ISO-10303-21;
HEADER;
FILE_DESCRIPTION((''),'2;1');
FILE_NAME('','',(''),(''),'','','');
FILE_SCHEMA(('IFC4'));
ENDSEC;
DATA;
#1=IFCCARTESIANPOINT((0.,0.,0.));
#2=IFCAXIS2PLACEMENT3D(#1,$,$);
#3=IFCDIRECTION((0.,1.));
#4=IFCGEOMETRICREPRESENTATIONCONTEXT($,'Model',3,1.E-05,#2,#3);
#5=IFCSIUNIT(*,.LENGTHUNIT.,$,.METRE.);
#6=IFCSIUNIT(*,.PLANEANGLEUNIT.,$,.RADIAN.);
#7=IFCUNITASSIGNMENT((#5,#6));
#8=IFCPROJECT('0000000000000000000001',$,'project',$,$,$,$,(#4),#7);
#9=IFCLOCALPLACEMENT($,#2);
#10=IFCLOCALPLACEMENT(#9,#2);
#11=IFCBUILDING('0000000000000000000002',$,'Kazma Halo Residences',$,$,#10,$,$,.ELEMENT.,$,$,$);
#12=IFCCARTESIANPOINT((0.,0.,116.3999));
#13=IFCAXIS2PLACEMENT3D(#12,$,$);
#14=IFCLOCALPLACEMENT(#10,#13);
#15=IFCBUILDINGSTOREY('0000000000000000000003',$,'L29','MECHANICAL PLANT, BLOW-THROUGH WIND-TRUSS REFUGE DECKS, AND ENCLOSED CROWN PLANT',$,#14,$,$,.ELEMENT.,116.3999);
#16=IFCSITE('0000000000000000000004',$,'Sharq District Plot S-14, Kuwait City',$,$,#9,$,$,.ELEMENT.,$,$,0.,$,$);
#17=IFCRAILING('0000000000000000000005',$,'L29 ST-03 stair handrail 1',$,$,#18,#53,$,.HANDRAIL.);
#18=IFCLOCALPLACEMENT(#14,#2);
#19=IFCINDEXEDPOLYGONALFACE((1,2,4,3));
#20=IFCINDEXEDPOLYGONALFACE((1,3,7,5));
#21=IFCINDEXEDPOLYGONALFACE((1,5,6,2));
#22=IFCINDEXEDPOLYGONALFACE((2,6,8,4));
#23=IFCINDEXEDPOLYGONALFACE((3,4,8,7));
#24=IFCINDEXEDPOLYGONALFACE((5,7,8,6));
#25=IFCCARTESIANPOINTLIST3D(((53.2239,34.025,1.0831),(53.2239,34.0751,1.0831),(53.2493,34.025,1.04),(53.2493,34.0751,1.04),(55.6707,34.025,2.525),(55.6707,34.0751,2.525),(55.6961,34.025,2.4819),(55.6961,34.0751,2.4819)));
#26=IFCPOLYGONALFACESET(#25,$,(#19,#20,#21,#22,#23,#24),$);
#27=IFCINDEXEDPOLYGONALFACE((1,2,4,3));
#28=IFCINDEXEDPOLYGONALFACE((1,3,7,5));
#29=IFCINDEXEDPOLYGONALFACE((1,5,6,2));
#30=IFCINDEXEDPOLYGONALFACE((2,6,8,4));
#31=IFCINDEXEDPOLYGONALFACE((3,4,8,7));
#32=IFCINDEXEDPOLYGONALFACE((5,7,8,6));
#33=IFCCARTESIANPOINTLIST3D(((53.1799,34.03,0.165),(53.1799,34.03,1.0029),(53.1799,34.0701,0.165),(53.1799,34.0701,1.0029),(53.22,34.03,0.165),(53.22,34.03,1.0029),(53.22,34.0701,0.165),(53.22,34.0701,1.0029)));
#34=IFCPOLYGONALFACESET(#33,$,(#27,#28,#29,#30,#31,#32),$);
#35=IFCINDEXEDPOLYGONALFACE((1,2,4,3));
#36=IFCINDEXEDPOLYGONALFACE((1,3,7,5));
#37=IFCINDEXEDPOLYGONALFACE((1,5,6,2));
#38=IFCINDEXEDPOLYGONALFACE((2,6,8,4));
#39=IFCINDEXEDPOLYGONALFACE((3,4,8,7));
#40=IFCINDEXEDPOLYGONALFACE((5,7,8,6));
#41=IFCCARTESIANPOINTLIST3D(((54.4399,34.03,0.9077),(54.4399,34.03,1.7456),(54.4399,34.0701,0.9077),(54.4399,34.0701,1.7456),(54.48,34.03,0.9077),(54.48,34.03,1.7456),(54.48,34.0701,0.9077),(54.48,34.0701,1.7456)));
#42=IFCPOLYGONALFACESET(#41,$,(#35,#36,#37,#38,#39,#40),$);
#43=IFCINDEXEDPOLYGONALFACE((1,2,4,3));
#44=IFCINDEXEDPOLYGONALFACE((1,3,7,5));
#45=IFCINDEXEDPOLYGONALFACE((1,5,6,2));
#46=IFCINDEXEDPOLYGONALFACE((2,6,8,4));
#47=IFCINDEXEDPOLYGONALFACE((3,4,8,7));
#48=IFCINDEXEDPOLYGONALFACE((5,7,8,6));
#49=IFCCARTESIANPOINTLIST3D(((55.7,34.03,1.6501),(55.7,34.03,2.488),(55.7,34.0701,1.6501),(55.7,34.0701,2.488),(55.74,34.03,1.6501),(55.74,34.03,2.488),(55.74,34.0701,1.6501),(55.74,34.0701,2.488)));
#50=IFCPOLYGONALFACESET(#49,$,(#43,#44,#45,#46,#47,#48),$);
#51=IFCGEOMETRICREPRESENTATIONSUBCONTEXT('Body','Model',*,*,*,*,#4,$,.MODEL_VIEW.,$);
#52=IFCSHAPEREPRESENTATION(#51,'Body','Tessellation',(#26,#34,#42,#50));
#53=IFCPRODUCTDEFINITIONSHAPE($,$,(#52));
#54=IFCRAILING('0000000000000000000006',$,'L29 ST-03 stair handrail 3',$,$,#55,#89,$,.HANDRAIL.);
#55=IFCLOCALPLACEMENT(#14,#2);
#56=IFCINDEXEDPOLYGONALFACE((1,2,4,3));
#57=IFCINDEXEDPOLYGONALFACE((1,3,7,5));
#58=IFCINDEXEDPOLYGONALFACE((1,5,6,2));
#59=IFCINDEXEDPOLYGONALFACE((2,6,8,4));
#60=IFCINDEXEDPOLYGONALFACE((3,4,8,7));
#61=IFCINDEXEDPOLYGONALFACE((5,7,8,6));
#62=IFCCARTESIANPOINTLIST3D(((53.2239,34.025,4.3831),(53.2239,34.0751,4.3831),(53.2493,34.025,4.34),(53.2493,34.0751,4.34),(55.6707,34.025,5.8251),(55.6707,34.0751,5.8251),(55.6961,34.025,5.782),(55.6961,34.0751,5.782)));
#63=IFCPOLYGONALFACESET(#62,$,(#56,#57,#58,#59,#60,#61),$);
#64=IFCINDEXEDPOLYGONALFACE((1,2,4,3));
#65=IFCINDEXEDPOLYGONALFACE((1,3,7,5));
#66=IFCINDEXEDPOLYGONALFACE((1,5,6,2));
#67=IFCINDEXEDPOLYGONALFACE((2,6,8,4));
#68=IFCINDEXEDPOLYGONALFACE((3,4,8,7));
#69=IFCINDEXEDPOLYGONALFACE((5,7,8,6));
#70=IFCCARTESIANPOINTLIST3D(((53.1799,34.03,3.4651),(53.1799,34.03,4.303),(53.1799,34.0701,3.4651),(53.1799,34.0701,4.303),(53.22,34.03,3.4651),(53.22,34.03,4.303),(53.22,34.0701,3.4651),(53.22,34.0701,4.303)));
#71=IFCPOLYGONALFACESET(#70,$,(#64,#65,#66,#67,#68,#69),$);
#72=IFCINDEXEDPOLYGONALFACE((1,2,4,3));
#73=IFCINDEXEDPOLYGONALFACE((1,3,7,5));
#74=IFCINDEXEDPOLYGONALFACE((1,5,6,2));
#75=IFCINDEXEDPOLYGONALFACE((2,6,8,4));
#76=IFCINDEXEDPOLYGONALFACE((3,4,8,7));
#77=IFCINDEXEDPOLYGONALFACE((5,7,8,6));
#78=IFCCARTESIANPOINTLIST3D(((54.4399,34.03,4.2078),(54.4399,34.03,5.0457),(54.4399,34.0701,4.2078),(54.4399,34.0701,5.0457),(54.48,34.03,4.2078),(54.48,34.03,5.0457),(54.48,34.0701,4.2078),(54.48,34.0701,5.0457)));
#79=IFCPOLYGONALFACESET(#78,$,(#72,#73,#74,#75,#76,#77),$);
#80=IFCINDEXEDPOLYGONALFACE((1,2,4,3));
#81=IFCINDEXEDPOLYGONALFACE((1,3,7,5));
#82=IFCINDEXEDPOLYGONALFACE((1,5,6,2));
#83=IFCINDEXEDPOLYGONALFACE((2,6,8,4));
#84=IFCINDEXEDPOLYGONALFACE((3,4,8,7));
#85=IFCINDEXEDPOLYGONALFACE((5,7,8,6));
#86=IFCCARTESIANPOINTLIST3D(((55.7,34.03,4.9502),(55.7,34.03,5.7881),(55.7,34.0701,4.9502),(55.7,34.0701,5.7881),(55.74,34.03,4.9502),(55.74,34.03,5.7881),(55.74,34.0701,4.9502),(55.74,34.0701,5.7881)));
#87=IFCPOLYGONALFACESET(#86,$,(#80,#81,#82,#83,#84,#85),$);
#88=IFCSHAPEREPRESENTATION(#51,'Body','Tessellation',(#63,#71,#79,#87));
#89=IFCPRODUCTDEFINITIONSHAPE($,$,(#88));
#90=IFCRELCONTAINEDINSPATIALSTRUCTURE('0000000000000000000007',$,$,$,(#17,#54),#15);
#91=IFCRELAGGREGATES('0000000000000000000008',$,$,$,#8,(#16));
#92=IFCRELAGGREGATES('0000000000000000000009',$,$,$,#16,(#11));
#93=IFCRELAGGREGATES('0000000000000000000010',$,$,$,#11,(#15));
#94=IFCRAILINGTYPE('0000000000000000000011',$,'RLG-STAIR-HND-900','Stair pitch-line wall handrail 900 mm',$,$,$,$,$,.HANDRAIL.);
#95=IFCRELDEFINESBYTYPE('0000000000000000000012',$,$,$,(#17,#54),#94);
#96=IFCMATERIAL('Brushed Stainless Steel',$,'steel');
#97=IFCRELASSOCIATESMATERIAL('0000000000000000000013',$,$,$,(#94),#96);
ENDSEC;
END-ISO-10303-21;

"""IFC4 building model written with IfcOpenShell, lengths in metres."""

from ifc_helpers import new_model, si_unit, direction, frame, origin, origin_2d, place, context, subcontext, project, spatial, rectangle, extrude, material, type_object, element, save


model = new_model("IFC4")

# Units and contexts
model_context = context("Model", 3, precision=1e-05, world=origin(), true_north=direction((0.0, 1.0)))
body_context = subcontext(model_context, "Body", "Model", "MODEL_VIEW")
ifc_project = project(units=[si_unit("LENGTHUNIT", "METRE"), si_unit("PLANEANGLEUNIT", "RADIAN")], contexts=[model_context])

# Site, building, storey
site_placement = place(None, origin())
site = spatial("IfcSite", under=ifc_project, at=site_placement, Name="Sharq District Plot S-14, Kuwait City", CompositionType="ELEMENT", RefElevation=0.0)
building_placement = place(site_placement, origin())
building = spatial("IfcBuilding", under=site, at=building_placement, Name="Kazma Halo Residences", CompositionType="ELEMENT")
storey_placement = place(building_placement, frame((0.0, 0.0, 116.3999)))
storey = spatial("IfcBuildingStorey", under=building, at=storey_placement, Name="L29", Description="MECHANICAL PLANT, BLOW-THROUGH WIND-TRUSS REFUGE DECKS, AND ENCLOSED CROWN PLANT", CompositionType="ELEMENT", Elevation=116.3999)

# Railings
ifc_material_1 = material(Name="Brushed Stainless Steel", Category="steel")
railing_type_1 = type_object("IfcRailingType", Name="RLG-STAIR-HND-900", Description="Stair pitch-line wall handrail 900 mm", PredefinedType="HANDRAIL", material=ifc_material_1)
for number, where, name in (
    (1, (53.2, 34.05, 0.165), "L29 ST-03 stair handrail 1"),
    (2, (53.2, 34.05, 3.4651), "L29 ST-03 stair handrail 3"),
):
    element("IfcRailing", number, at=place(storey_placement, frame(where)), inside=storey, type_object=railing_type_1, Name=name, PredefinedType="HANDRAIL", context=body_context, shape_type="SweptSolid", body=[
        extrude(rectangle(XDim=0.05, YDim=0.05, at=origin_2d()), frame((0.0366, 0.0, 0.8965), z_axis=(0.861524, 0.0, 0.507717), x_axis=(0.0, 1.0, 0.0)), (0.0, 0.0, 1.0), 2.8401),
        extrude(rectangle(XDim=0.04, YDim=0.04, at=origin_2d()), origin(), (0.0, 0.0, 1.0), 0.8379),
        extrude(rectangle(XDim=0.04, YDim=0.04, at=origin_2d()), frame((1.26, 0.0, 0.7427)), (0.0, 0.0, 1.0), 0.8379),
        extrude(rectangle(XDim=0.04, YDim=0.04, at=origin_2d()), frame((2.52, 0.0, 1.4851)), (0.0, 0.0, 1.0), 0.8379),
    ])

save(model, "model.ifc")
